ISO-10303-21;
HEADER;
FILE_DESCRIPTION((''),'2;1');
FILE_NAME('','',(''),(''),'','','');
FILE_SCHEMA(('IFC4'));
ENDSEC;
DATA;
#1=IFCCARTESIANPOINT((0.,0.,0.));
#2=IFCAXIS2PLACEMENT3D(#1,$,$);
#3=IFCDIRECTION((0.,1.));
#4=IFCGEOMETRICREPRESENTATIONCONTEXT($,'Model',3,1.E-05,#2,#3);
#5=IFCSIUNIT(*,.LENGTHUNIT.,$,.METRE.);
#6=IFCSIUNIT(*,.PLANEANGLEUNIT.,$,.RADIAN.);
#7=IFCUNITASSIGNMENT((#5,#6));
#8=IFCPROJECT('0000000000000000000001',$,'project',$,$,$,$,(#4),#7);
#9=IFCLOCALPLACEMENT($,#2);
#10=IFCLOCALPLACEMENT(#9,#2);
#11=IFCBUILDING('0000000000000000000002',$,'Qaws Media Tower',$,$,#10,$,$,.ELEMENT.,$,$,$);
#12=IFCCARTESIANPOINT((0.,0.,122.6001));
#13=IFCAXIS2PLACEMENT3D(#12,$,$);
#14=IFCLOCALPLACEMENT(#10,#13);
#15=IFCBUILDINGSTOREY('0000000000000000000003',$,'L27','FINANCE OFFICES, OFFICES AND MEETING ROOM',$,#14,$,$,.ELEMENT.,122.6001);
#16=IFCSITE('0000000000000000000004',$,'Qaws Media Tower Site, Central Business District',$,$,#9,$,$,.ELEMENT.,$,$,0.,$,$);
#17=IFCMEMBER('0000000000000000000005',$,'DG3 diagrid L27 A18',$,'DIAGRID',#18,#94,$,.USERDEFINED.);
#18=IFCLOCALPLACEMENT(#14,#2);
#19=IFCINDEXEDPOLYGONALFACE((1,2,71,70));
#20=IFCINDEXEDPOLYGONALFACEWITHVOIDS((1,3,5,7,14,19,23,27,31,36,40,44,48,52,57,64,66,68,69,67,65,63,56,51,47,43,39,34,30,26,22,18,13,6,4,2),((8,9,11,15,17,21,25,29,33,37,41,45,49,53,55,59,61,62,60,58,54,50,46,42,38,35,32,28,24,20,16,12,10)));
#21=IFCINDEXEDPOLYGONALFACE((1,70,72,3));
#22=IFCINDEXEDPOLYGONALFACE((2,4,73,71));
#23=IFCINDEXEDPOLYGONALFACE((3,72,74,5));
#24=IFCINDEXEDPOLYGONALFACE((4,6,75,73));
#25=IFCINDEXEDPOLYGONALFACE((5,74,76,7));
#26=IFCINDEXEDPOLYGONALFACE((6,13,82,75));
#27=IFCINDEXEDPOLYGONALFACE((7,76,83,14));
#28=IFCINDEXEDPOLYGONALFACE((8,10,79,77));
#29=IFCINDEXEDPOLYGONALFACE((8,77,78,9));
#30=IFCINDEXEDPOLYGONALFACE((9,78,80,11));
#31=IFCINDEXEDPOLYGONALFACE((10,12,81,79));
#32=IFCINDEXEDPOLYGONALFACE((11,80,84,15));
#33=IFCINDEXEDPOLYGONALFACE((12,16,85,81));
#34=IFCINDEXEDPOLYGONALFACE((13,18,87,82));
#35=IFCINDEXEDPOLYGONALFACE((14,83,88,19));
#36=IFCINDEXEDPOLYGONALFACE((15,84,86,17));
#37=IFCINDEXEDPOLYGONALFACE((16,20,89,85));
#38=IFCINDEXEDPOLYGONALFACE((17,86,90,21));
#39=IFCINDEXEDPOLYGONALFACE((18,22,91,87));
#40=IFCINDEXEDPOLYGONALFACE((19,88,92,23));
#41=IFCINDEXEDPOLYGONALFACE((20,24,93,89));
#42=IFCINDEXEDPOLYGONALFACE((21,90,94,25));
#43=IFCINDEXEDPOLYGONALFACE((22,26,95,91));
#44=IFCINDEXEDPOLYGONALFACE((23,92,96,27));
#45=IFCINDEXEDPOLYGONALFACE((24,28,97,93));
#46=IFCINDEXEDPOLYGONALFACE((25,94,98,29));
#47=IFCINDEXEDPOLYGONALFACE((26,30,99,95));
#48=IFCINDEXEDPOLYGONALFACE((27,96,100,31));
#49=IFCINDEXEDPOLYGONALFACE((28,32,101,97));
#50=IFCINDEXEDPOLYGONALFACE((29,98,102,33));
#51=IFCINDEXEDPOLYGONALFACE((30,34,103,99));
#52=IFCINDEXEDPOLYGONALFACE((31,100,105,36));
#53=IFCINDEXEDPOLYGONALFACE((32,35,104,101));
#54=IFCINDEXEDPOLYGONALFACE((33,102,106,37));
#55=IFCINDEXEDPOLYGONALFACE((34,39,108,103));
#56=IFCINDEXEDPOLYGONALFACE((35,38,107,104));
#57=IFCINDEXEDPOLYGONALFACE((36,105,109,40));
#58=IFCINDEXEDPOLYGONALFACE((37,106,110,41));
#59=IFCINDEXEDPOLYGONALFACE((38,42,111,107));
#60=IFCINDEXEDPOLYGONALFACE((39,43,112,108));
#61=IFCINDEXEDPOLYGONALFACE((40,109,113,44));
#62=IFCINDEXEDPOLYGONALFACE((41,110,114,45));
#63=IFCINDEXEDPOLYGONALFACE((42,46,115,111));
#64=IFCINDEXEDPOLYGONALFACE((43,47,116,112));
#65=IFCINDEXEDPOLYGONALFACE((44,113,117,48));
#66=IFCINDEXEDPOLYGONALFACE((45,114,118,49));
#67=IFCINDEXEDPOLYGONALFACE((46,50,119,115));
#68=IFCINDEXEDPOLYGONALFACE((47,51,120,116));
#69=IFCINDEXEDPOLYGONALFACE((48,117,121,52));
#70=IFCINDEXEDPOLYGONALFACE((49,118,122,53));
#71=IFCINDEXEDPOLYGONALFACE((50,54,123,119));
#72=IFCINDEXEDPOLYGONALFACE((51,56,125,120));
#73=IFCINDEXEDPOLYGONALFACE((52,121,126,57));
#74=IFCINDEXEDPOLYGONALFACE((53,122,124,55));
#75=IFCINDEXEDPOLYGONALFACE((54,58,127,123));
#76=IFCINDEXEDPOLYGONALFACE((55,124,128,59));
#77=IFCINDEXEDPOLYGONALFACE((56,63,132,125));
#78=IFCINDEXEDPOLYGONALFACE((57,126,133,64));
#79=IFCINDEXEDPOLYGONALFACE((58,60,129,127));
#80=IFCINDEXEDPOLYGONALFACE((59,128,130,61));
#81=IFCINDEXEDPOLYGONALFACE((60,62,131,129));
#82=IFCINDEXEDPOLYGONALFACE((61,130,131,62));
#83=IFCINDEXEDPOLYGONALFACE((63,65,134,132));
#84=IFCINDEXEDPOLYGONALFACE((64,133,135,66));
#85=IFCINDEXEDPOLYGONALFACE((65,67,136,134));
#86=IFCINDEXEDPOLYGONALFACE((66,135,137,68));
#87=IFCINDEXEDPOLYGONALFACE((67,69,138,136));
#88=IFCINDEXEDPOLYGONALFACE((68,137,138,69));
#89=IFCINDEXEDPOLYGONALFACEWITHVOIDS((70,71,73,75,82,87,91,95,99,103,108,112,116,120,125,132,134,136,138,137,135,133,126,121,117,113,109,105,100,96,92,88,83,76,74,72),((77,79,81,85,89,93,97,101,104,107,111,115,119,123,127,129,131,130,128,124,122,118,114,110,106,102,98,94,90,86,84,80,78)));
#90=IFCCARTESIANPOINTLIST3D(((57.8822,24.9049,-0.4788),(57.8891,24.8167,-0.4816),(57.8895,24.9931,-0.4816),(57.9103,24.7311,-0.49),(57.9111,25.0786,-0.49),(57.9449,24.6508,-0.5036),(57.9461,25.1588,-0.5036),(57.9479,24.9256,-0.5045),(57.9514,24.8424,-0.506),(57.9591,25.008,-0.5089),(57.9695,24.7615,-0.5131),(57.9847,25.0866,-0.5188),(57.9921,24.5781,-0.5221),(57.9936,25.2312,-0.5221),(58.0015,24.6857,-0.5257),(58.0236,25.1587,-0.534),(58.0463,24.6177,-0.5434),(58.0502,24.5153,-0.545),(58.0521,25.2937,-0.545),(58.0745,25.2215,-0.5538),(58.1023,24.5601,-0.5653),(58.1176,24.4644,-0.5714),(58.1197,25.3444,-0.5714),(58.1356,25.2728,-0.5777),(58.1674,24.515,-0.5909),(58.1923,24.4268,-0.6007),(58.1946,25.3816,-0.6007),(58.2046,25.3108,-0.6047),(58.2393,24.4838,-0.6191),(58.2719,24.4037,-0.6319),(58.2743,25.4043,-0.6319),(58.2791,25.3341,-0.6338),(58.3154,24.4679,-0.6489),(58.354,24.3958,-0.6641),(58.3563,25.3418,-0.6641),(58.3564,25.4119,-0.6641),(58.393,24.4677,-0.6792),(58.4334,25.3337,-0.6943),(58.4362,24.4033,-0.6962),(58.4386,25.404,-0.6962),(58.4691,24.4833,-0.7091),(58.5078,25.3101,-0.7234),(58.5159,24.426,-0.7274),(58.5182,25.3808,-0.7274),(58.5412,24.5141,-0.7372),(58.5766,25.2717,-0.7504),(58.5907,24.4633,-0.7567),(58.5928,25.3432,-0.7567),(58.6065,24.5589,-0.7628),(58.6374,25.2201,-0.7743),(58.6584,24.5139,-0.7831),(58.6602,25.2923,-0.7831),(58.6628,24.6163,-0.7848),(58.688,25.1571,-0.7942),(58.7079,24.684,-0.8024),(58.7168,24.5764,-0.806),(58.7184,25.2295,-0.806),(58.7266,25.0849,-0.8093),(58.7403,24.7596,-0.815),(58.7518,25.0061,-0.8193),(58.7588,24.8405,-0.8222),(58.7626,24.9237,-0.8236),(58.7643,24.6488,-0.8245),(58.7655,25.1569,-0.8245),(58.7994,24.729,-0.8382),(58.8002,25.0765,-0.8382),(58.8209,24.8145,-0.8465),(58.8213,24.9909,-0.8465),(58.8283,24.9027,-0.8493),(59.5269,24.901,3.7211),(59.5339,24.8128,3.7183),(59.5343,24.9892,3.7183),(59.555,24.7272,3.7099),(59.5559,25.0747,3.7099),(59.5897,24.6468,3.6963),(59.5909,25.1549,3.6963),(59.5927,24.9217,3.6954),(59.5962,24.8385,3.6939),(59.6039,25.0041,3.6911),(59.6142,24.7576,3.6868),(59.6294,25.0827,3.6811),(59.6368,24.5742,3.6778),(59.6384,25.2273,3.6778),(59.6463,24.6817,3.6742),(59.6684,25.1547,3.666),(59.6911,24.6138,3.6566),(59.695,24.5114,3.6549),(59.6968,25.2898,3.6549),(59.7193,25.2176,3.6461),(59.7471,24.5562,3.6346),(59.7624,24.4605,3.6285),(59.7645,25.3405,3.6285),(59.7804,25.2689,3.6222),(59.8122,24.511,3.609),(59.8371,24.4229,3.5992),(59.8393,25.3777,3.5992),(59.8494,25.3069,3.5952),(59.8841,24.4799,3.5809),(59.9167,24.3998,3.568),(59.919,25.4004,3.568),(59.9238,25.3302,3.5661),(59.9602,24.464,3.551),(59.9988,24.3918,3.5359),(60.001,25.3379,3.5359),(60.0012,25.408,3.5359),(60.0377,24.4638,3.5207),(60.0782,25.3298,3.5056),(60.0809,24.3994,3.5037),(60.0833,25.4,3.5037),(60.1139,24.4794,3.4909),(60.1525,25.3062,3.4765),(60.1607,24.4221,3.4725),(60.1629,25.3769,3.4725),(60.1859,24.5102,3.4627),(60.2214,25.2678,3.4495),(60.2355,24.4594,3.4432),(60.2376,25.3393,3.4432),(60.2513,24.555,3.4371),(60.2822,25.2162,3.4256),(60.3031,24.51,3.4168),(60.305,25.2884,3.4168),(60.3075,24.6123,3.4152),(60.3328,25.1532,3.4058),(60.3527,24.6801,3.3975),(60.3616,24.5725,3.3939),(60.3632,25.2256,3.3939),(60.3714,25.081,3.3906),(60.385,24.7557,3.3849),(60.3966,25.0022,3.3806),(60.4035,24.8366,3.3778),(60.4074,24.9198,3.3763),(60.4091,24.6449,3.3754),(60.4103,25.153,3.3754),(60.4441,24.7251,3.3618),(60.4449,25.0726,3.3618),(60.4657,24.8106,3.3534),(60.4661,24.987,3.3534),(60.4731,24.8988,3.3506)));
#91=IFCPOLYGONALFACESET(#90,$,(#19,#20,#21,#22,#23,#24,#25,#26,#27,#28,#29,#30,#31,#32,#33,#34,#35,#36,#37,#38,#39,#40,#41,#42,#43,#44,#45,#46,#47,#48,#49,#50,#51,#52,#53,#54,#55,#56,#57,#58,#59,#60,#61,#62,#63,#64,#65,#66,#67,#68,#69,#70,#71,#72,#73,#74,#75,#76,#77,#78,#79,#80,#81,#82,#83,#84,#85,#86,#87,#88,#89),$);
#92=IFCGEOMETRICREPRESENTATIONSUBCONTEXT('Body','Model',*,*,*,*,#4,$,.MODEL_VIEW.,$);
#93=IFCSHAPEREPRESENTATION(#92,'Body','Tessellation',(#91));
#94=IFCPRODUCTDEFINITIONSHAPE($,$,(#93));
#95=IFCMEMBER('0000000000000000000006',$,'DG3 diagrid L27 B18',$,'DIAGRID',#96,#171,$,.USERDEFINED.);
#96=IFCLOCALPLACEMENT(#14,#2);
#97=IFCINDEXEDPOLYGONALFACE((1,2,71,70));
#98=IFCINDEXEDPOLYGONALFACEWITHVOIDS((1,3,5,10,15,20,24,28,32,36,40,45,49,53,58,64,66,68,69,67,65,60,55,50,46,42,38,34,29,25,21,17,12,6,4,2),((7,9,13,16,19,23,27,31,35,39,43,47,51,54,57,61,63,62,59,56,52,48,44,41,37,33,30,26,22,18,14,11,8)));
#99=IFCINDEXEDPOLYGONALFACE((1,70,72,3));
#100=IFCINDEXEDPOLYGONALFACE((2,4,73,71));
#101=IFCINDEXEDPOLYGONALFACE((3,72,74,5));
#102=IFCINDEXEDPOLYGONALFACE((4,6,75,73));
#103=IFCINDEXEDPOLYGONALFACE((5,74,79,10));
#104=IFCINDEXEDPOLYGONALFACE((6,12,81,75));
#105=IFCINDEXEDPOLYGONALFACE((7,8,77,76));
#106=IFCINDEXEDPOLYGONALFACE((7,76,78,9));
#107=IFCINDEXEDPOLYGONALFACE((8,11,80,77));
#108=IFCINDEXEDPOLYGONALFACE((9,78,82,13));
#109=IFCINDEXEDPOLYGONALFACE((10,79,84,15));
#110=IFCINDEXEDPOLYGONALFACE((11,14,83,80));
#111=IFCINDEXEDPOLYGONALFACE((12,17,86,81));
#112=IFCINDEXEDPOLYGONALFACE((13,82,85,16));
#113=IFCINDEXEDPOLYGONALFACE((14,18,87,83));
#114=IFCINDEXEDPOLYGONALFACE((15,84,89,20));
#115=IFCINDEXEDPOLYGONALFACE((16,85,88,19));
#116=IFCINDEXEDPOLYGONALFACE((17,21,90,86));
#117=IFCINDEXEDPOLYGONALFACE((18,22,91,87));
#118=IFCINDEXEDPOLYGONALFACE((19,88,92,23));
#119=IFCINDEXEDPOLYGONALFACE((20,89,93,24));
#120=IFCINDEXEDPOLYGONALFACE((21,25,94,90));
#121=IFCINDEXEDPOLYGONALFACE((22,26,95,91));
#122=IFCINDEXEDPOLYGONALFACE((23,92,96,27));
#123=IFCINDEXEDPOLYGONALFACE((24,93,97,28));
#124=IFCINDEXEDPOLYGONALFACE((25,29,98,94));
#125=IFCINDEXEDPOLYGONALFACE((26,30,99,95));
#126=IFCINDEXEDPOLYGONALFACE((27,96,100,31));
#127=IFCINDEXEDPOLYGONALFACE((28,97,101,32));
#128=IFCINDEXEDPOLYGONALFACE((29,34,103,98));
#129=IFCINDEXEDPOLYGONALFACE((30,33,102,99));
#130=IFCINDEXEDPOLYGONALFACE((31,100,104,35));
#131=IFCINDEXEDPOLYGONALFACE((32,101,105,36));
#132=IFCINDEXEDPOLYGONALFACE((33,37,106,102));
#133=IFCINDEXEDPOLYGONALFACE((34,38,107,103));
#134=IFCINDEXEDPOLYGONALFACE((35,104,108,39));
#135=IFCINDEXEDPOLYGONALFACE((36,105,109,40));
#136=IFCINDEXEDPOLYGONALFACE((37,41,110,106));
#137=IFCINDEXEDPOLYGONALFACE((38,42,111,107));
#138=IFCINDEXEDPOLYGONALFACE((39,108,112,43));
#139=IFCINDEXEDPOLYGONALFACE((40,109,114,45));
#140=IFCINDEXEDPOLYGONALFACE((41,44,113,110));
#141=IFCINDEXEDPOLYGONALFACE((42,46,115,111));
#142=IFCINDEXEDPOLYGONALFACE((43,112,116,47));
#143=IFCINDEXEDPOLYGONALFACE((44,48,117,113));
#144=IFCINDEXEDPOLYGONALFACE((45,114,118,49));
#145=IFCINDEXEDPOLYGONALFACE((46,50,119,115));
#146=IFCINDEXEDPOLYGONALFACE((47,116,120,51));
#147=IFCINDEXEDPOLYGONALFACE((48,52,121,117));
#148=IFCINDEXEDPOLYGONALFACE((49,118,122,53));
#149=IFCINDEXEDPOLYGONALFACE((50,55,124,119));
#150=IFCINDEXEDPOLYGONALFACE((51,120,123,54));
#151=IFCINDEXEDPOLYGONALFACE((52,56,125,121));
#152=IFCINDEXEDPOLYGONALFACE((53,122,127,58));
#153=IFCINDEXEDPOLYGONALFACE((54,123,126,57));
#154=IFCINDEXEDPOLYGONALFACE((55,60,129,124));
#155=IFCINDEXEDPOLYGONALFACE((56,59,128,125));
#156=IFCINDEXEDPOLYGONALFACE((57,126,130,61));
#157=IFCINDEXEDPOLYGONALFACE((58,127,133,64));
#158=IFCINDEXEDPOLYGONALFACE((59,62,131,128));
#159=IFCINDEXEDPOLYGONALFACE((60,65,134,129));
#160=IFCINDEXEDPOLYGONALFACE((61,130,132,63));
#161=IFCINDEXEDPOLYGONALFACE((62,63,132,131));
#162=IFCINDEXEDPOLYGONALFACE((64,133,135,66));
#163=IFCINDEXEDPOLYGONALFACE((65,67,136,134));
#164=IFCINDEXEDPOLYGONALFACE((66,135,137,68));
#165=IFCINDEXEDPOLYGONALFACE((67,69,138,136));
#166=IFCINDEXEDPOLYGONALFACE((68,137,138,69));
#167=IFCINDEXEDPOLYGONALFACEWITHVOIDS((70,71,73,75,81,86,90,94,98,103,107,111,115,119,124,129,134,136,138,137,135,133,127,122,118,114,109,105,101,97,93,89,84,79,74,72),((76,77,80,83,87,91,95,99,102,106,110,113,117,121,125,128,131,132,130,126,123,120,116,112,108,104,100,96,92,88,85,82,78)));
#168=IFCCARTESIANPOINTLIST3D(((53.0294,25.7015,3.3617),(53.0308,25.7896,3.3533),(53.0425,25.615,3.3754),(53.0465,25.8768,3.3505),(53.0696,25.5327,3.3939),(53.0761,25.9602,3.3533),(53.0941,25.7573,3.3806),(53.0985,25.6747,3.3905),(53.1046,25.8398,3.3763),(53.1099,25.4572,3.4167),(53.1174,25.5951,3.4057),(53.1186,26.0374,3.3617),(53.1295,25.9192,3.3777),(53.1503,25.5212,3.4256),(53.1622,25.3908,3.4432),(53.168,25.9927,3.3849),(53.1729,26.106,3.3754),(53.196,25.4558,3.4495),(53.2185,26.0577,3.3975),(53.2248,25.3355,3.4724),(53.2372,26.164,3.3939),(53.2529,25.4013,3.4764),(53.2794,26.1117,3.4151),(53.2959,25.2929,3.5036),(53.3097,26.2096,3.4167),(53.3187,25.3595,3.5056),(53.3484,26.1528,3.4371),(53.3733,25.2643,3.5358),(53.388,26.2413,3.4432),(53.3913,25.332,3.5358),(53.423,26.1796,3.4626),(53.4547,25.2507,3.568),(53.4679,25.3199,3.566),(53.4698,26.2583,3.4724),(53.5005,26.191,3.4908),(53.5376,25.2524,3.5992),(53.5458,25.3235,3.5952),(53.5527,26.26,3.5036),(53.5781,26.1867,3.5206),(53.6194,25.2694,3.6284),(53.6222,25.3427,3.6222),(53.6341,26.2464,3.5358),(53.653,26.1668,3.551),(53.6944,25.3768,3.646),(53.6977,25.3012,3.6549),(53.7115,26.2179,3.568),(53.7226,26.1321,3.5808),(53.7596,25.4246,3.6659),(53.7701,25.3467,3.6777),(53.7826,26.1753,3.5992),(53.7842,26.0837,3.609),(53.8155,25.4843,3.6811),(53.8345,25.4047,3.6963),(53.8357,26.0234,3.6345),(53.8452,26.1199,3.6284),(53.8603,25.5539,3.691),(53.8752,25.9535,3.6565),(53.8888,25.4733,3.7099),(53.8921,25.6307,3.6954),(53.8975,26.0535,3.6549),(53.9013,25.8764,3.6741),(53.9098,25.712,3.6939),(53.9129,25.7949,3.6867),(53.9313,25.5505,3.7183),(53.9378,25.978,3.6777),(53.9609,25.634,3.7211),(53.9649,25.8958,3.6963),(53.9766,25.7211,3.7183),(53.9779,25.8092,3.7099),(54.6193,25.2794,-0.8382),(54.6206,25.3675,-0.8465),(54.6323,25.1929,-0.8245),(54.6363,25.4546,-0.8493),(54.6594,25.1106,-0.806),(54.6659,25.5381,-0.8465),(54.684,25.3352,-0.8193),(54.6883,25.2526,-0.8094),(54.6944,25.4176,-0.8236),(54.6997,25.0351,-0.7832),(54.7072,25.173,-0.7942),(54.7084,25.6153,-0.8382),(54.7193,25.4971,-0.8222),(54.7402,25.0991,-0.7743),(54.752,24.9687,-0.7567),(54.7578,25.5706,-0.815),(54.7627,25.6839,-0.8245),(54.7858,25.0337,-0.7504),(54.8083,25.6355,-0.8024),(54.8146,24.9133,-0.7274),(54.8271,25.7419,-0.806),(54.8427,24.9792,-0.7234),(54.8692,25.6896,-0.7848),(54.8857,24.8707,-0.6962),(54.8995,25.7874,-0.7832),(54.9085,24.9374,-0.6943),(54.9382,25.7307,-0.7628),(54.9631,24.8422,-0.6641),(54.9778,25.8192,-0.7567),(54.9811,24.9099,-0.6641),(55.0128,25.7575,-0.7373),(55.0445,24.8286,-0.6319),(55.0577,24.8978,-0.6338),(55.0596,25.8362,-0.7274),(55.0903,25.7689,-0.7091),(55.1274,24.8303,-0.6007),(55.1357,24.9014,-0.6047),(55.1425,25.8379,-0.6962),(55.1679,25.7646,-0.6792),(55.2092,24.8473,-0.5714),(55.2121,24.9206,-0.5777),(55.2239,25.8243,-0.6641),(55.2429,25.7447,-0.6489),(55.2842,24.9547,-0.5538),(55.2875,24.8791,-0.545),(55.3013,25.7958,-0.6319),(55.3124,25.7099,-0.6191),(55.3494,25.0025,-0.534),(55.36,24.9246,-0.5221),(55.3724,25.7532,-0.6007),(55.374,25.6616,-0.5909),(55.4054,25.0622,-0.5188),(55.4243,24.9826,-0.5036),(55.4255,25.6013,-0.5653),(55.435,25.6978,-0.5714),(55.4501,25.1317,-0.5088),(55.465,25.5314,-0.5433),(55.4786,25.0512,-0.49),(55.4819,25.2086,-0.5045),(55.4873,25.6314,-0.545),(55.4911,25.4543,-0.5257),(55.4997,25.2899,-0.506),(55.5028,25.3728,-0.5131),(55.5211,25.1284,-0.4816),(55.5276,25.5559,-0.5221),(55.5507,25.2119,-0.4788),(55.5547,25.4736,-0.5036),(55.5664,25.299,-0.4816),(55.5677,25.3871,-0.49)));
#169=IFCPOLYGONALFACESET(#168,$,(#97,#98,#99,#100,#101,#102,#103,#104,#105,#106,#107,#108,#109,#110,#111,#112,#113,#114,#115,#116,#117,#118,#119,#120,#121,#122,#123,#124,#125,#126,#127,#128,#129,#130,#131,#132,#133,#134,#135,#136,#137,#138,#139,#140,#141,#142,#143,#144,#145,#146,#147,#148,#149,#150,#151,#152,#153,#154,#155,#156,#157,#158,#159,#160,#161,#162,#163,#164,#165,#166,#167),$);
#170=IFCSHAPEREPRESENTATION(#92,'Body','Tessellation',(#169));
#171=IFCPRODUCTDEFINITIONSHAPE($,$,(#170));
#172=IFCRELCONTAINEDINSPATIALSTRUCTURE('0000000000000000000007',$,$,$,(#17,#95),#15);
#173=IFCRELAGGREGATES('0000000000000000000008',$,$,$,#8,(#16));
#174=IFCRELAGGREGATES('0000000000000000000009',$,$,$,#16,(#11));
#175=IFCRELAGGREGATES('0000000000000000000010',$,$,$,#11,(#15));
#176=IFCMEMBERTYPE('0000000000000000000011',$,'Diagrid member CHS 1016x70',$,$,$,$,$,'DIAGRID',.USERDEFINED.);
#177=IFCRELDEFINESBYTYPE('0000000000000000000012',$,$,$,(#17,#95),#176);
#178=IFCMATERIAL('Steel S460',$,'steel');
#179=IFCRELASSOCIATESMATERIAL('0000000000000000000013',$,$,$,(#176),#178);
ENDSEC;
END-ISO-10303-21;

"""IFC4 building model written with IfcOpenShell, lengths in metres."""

from ifc_helpers import new_model, si_unit, direction, frame, origin, origin_2d, place, context, subcontext, project, spatial, hollow_circle, extrude, material, material_profile, profile_set, type_object, element, save


model = new_model("IFC4")

# Units and contexts
model_context = context("Model", 3, precision=1e-05, world=origin(), true_north=direction((0.0, 1.0)))
body_context = subcontext(model_context, "Body", "Model", "MODEL_VIEW")
ifc_project = project(units=[si_unit("LENGTHUNIT", "METRE"), si_unit("PLANEANGLEUNIT", "RADIAN")], contexts=[model_context])

# Site, building, storey
site_placement = place(None, origin())
site = spatial("IfcSite", under=ifc_project, at=site_placement, Name="Qaws Media Tower Site, Central Business District", CompositionType="ELEMENT", RefElevation=0.0)
building_placement = place(site_placement, origin())
building = spatial("IfcBuilding", under=site, at=building_placement, Name="Qaws Media Tower", CompositionType="ELEMENT")
storey_placement = place(building_placement, frame((0.0, 0.0, 122.6001)))
storey = spatial("IfcBuildingStorey", under=building, at=storey_placement, Name="L27", Description="FINANCE OFFICES, OFFICES AND MEETING ROOM", CompositionType="ELEMENT", Elevation=122.6001)

# Members
ifc_material_1 = material(Name="Steel S460", Category="steel")
ifc_material_profile_1 = material_profile(ifc_material_1, hollow_circle(Radius=0.5081, WallThickness=0.0701, at=origin_2d()), Name="CHS 1016x70")
ifc_profile_set_1 = profile_set([ifc_material_profile_1], Name="Steel S460")
member_type_1 = type_object("IfcMemberType", Name="Diagrid member CHS 1016x70", ElementType="DIAGRID", PredefinedType="USERDEFINED", material=ifc_profile_set_1)
for number, where, z_axis, x_axis, name in (
    (1, (58.3552, 24.9038, -0.6641), (0.364652, -0.000866, 0.931143), (0.002375, 0.999997, 0.0), "DG3 diagrid L27 A18"),
    (2, (55.0935, 25.3333, -0.6641), (-0.35247, 0.093584, 0.931132), (-0.256619, -0.966513, 0.0), "DG3 diagrid L27 B18"),
):
    element("IfcMember", number, at=place(storey_placement, frame(where, z_axis=z_axis, x_axis=x_axis)), inside=storey, type_object=member_type_1, Name=name, ObjectType="DIAGRID", PredefinedType="USERDEFINED", context=body_context, shape_type="SweptSolid", body=[
        extrude(hollow_circle(Radius=0.5081, WallThickness=0.0701, at=origin_2d()), origin(), (0.0, 0.0, 1.0), 4.5105),
    ])

save(model, "model.ifc")
